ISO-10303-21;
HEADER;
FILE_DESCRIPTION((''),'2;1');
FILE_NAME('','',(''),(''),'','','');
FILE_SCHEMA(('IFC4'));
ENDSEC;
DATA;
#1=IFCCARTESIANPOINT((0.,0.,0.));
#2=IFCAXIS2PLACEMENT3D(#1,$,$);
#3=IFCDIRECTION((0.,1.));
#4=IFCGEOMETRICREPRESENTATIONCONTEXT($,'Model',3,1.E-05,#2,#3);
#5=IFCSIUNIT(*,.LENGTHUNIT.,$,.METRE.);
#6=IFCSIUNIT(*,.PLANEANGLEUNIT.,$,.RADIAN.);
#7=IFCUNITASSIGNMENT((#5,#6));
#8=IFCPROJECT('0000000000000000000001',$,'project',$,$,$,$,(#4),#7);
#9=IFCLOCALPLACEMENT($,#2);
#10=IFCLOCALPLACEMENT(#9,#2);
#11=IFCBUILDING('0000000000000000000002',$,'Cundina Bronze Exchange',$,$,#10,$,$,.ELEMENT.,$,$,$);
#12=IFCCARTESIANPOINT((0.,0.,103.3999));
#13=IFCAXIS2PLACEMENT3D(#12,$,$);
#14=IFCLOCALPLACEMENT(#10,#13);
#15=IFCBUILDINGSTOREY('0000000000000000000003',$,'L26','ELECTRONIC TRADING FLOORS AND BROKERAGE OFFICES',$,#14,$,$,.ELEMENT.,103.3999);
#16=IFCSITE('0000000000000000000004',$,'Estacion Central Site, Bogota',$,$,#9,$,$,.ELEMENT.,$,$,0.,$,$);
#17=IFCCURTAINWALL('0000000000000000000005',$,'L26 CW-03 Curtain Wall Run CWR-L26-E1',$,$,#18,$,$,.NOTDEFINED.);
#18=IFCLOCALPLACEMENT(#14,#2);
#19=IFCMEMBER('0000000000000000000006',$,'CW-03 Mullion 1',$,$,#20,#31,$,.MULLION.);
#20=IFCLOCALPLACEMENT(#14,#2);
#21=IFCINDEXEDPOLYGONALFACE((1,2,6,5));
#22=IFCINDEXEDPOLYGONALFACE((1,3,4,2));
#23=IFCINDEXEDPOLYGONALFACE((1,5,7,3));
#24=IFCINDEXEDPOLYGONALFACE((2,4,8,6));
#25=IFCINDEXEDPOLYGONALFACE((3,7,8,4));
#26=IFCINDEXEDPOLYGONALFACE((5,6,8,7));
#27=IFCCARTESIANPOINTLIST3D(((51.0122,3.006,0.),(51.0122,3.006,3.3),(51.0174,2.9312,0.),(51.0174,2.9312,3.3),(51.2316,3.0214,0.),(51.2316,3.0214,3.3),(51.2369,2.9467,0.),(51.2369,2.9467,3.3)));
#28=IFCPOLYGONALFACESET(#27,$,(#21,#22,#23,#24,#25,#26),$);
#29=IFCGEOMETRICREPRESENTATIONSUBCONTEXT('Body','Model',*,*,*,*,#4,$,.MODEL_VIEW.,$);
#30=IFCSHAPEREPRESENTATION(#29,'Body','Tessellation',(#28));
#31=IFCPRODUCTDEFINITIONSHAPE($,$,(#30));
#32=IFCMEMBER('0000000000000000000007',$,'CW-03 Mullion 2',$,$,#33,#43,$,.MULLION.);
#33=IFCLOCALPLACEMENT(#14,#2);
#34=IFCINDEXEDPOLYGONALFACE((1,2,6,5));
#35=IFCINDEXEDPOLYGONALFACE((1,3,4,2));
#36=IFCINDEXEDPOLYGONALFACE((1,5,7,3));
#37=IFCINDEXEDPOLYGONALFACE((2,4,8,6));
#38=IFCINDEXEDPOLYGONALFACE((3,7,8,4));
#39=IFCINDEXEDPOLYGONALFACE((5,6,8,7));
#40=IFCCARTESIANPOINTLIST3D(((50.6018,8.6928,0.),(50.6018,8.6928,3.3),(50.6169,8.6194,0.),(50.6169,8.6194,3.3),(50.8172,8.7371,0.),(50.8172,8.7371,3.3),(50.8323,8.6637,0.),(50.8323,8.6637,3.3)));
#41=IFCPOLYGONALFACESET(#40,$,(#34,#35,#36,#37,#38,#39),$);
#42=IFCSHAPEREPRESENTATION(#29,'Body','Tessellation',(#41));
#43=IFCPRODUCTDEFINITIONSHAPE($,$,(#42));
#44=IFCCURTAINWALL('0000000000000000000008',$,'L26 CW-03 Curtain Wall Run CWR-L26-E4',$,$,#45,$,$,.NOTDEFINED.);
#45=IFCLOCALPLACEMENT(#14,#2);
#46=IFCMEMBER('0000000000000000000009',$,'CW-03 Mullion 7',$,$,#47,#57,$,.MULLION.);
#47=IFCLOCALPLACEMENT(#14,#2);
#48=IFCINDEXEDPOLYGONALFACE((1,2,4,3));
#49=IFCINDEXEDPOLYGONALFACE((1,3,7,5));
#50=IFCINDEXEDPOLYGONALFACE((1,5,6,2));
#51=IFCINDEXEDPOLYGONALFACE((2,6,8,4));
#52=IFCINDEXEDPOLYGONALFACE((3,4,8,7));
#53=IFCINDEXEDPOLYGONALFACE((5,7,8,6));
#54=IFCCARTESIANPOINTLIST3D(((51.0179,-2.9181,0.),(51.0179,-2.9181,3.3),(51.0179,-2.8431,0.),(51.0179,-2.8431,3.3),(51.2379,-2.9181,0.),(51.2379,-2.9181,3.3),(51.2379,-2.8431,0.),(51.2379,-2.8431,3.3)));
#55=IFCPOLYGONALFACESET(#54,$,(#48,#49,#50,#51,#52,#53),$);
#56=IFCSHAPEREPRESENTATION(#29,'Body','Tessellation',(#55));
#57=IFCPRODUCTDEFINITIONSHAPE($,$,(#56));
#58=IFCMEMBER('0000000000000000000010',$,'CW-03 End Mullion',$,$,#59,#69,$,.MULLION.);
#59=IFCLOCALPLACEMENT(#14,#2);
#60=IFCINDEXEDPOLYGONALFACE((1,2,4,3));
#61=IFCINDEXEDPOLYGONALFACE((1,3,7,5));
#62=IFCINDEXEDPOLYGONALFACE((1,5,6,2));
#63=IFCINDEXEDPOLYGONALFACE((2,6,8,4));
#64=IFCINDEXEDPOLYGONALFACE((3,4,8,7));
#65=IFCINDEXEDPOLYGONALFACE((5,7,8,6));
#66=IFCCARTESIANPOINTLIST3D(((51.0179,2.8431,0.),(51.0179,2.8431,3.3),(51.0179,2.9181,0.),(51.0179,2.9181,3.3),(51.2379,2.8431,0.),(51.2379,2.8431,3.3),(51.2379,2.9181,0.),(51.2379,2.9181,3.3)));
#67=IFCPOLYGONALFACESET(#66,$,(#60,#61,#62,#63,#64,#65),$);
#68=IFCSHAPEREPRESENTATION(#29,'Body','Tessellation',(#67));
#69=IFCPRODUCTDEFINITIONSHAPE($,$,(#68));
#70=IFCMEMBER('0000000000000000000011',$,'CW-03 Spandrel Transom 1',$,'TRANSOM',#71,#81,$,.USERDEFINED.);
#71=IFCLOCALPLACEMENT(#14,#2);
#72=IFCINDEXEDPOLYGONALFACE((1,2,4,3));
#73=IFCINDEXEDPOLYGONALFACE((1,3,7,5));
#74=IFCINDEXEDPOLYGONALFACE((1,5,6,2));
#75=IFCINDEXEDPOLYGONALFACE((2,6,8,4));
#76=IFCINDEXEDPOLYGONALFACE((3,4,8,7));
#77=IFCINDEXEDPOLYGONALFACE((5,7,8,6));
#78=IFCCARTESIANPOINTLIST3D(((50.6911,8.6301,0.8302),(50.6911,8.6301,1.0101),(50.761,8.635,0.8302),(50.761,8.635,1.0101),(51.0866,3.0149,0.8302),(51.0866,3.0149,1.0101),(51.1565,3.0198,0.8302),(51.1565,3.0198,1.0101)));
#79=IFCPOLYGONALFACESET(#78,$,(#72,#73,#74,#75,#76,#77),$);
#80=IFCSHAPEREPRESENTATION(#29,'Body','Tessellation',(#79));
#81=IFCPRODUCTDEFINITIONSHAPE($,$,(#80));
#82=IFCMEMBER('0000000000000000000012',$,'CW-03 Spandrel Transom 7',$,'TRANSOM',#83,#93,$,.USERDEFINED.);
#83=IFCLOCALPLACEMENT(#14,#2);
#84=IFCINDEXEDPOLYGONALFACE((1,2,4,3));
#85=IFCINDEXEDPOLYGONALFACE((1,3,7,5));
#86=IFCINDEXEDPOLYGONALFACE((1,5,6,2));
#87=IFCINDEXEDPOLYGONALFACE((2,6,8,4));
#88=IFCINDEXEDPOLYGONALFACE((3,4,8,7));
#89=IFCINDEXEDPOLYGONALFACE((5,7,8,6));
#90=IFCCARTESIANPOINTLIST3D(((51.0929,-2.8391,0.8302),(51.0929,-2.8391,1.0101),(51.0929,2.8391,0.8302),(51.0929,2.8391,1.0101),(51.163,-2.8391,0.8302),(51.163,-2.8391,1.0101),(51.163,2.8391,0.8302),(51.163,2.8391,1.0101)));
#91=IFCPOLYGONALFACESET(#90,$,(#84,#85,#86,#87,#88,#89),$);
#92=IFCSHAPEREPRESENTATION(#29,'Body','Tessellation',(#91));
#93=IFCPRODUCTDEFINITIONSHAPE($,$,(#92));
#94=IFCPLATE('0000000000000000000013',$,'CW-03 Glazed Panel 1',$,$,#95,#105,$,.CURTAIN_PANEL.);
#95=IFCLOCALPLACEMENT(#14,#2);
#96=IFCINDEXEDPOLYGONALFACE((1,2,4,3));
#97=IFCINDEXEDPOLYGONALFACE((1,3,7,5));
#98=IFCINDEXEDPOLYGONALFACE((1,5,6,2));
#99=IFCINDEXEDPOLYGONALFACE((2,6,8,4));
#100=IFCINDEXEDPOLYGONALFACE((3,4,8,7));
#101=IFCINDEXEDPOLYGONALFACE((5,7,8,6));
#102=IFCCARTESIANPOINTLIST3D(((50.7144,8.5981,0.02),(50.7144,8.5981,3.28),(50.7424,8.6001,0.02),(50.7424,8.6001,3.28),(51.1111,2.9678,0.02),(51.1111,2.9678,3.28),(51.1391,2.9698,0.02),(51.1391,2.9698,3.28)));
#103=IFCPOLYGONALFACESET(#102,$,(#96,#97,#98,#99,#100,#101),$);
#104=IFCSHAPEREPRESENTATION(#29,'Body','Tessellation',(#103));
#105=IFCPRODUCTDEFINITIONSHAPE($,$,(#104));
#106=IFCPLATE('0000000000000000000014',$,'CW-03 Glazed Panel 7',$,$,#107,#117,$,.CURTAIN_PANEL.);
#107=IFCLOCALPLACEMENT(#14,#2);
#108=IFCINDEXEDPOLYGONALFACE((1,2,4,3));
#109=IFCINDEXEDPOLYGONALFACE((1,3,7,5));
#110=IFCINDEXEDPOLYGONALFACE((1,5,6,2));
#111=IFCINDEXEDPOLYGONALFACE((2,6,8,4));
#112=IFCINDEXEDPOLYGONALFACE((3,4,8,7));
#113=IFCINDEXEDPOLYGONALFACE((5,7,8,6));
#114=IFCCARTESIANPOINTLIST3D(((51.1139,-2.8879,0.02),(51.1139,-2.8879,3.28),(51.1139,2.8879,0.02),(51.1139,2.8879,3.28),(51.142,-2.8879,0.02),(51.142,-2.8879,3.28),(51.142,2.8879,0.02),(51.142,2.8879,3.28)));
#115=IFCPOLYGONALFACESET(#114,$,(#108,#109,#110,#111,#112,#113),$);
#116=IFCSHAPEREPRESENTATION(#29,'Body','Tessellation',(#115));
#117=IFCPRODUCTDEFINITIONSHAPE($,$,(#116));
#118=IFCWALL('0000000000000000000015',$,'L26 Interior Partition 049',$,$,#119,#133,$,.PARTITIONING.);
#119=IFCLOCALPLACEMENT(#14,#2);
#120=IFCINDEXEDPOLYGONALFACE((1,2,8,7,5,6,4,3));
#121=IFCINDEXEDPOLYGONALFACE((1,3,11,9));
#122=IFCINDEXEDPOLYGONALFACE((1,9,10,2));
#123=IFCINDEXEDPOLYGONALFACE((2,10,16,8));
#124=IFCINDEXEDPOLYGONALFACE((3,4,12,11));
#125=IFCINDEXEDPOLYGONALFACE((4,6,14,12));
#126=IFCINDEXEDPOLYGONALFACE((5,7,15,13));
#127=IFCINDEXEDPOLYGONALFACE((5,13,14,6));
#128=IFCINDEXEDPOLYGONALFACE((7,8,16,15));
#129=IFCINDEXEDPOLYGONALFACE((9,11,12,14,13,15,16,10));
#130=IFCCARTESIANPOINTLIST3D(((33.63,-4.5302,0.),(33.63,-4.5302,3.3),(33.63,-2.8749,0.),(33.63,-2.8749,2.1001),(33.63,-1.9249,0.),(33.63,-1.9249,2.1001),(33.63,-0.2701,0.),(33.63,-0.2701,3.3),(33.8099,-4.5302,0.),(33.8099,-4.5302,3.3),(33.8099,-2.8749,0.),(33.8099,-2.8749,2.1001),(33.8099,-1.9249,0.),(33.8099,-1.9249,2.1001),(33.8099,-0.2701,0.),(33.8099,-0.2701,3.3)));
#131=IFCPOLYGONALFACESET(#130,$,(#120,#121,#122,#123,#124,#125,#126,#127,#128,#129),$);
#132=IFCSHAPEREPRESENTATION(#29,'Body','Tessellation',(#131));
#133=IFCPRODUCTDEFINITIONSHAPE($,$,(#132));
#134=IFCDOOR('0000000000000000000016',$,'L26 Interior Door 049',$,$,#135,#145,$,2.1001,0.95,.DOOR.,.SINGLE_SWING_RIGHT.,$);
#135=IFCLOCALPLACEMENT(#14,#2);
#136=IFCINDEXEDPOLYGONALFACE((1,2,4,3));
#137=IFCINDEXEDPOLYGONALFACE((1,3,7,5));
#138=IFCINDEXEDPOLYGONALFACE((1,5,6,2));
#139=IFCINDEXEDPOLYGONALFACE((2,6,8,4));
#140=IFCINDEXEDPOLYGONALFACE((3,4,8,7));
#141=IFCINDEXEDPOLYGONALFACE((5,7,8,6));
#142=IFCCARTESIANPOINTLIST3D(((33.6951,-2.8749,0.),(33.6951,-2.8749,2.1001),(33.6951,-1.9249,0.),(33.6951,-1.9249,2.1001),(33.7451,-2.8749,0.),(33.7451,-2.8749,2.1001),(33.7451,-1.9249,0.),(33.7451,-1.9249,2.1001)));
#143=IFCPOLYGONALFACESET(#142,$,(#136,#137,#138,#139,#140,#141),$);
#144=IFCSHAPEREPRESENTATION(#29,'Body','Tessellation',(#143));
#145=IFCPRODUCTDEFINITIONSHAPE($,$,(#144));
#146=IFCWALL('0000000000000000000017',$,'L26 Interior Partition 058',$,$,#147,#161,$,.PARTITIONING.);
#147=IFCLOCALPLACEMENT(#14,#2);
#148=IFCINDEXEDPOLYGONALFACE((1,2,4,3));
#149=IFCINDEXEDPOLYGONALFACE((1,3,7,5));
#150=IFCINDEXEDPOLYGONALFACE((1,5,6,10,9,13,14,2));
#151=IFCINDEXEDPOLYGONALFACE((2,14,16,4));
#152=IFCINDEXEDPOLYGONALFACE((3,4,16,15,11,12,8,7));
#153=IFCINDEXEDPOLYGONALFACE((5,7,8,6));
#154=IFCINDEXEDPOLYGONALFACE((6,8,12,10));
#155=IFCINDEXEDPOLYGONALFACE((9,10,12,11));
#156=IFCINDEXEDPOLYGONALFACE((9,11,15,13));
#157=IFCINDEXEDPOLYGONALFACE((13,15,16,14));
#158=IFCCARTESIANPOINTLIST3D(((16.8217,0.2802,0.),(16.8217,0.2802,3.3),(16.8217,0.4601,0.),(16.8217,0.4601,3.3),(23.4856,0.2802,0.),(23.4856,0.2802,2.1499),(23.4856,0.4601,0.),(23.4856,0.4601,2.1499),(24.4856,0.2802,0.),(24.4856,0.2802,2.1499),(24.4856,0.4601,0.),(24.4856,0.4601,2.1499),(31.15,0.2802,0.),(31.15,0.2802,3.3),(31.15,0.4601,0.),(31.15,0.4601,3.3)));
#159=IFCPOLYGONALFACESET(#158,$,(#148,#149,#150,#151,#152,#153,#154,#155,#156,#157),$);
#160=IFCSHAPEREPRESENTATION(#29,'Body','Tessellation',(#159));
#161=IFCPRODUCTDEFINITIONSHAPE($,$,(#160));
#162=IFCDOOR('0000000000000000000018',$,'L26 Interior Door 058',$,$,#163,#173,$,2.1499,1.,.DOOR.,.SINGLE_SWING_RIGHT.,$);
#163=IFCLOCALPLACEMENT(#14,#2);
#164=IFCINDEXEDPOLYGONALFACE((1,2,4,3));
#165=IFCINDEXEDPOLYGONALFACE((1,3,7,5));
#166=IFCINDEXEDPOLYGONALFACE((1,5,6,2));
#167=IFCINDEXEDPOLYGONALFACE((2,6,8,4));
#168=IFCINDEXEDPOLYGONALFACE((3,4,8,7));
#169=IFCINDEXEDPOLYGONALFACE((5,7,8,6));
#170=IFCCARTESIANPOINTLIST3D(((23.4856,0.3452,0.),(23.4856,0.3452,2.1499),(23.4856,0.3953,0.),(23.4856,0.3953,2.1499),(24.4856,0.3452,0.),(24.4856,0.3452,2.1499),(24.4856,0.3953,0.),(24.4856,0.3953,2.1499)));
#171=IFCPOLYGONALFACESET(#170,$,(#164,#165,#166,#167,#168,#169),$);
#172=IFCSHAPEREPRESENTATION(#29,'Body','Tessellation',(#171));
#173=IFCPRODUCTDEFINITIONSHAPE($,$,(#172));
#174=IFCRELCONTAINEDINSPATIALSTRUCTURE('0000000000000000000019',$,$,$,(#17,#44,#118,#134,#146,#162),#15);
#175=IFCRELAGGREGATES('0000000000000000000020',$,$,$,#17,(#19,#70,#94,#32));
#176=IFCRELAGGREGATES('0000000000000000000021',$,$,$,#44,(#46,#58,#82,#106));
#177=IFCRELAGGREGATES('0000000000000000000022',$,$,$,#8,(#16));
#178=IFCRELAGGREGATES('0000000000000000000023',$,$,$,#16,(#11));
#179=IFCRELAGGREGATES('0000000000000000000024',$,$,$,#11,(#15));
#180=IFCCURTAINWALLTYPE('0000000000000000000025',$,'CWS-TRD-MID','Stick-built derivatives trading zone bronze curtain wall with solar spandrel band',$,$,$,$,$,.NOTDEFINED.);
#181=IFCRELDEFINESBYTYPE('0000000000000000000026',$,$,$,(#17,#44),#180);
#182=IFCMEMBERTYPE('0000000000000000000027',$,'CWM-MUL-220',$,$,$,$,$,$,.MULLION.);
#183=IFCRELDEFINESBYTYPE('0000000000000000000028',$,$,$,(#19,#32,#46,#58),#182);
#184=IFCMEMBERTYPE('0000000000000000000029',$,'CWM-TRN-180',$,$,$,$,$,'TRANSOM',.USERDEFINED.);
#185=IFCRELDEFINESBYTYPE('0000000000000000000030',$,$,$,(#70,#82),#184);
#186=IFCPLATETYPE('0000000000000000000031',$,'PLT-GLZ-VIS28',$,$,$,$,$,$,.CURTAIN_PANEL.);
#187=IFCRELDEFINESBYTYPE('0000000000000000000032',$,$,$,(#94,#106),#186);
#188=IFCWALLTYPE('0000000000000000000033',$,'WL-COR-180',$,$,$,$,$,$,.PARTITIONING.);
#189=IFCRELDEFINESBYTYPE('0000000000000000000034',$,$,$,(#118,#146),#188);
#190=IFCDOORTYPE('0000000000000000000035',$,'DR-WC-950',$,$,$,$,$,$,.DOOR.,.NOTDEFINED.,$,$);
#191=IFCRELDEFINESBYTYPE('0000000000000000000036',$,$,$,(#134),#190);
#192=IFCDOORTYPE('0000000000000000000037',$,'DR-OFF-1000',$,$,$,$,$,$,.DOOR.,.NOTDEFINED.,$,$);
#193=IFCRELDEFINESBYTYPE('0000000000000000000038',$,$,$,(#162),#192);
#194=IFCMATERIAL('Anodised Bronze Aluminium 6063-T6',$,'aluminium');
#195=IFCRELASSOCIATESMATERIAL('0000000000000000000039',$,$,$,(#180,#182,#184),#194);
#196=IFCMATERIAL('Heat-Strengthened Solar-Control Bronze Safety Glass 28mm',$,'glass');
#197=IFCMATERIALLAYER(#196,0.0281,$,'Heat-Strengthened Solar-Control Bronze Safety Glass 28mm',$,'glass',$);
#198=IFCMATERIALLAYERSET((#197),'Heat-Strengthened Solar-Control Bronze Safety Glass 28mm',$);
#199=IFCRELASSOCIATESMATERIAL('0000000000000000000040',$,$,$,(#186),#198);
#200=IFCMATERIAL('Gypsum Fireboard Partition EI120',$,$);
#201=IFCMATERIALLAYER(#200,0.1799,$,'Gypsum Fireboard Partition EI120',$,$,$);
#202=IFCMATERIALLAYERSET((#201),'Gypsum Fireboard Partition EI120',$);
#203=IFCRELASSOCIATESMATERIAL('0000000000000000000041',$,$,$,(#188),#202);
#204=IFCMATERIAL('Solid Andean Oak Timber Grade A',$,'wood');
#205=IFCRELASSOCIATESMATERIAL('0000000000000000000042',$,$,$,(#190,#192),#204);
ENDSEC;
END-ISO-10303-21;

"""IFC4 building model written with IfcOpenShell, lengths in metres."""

from ifc_helpers import new_model, si_unit, direction, frame, frame_2d, origin, origin_2d, place, context, subcontext, project, spatial, rectangle, extrude, material, layer, layer_set, material_profile, profile_set, type_object, element, fill, aggregate, save


model = new_model("IFC4")

# Units and contexts
model_context = context("Model", 3, precision=1e-05, world=origin(), true_north=direction((0.0, 1.0)))
body_context = subcontext(model_context, "Body", "Model", "MODEL_VIEW")
ifc_project = project(units=[si_unit("LENGTHUNIT", "METRE"), si_unit("PLANEANGLEUNIT", "RADIAN")], contexts=[model_context])

# Site, building, storey
site_placement = place(None, origin())
site = spatial("IfcSite", under=ifc_project, at=site_placement, Name="Estacion Central Site, Bogota", CompositionType="ELEMENT", RefElevation=0.0)
building_placement = place(site_placement, origin())
building = spatial("IfcBuilding", under=site, at=building_placement, Name="Cundina Bronze Exchange", CompositionType="ELEMENT")
storey_placement = place(building_placement, frame((0.0, 0.0, 103.3999)))
storey = spatial("IfcBuildingStorey", under=building, at=storey_placement, Name="L26", Description="ELECTRONIC TRADING FLOORS AND BROKERAGE OFFICES", CompositionType="ELEMENT", Elevation=103.3999)

# Curtain walls, members
ifc_material_1 = material(Name="Anodised Bronze Aluminium 6063-T6", Category="aluminium")
curtain_wall_type = type_object("IfcCurtainWallType", Name="CWS-TRD-MID", Description="Stick-built derivatives trading zone bronze curtain wall with solar spandrel band", PredefinedType="NOTDEFINED", material=ifc_material_1)
curtain_wall_1_placement = place(storey_placement, origin())
curtain_wall_1 = element("IfcCurtainWall", 1, at=curtain_wall_1_placement, inside=storey, type_object=curtain_wall_type, Name="L26 CW-03 Curtain Wall Run CWR-L26-E1", PredefinedType="NOTDEFINED")
ifc_material_profile_1 = material_profile(ifc_material_1, rectangle(XDim=0.075, YDim=0.22, at=origin_2d()), Name="AL75X220", Category="aluminium")
ifc_profile_set_1 = profile_set([ifc_material_profile_1], Name="Anodised Bronze Aluminium 6063-T6")
member_type_1 = type_object("IfcMemberType", Name="CWM-MUL-220", PredefinedType="MULLION", material=ifc_profile_set_1)
member_1_placement = place(storey_placement, frame((51.1245, 2.9763, 0.0), z_axis=(0.0, 0.0, 1.0), x_axis=(-0.070279, 0.997527, 0.0)))
member_1 = element("IfcMember", 2, at=member_1_placement, type_object=member_type_1, Name="CW-03 Mullion 1", PredefinedType="MULLION", context=body_context, shape_type="SweptSolid", body=[
    extrude(rectangle(XDim=0.075, YDim=0.22, at=origin_2d()), origin(), (0.0, 0.0, 1.0), 3.3),
])
member_2_placement = place(storey_placement, frame((50.717, 8.6782, 0.0), z_axis=(0.0, 0.0, 1.0), x_axis=(-0.20142, 0.979505, 0.0)))
member_2 = element("IfcMember", 3, at=member_2_placement, type_object=member_type_1, Name="CW-03 Mullion 2", PredefinedType="MULLION", context=body_context, shape_type="SweptSolid", body=[
    extrude(rectangle(XDim=0.075, YDim=0.22, at=origin_2d()), origin(), (0.0, 0.0, 1.0), 3.3),
])
curtain_wall_2_placement = place(storey_placement, origin())
curtain_wall_2 = element("IfcCurtainWall", 4, at=curtain_wall_2_placement, inside=storey, type_object=curtain_wall_type, Name="L26 CW-03 Curtain Wall Run CWR-L26-E4", PredefinedType="NOTDEFINED")
member_3_placement = place(storey_placement, frame((51.1279, -2.8806, 0.0), z_axis=(0.0, 0.0, 1.0), x_axis=(0.0, 1.0, 0.0)))
member_3 = element("IfcMember", 5, at=member_3_placement, type_object=member_type_1, Name="CW-03 Mullion 7", PredefinedType="MULLION", context=body_context, shape_type="SweptSolid", body=[
    extrude(rectangle(XDim=0.075, YDim=0.22, at=origin_2d()), origin(), (0.0, 0.0, 1.0), 3.3),
])
member_4_placement = place(storey_placement, frame((51.1279, 2.8806, 0.0), z_axis=(0.0, 0.0, 1.0), x_axis=(0.0, 1.0, 0.0)))
member_4 = element("IfcMember", 6, at=member_4_placement, type_object=member_type_1, Name="CW-03 End Mullion", PredefinedType="MULLION", context=body_context, shape_type="SweptSolid", body=[
    extrude(rectangle(XDim=0.075, YDim=0.22, at=origin_2d()), origin(), (0.0, 0.0, 1.0), 3.3),
])

# Members
ifc_material_profile_2 = material_profile(ifc_material_1, rectangle(XDim=0.0701, YDim=0.1799, at=origin_2d()), Name="AL70X180", Category="aluminium")
ifc_profile_set_2 = profile_set([ifc_material_profile_2], Name="Anodised Bronze Aluminium 6063-T6")
member_type_2 = type_object("IfcMemberType", Name="CWM-TRN-180", ElementType="TRANSOM", PredefinedType="USERDEFINED", material=ifc_profile_set_2)
member_5_placement = place(storey_placement, frame((51.1216, 3.0173, 0.9202), z_axis=(-0.070261, 0.997529, 0.0), x_axis=(-0.997529, -0.070261, 0.0)))
member_5 = element("IfcMember", 7, at=member_5_placement, type_object=member_type_2, Name="CW-03 Spandrel Transom 1", ObjectType="TRANSOM", PredefinedType="USERDEFINED", context=body_context, shape_type="SweptSolid", body=[
    extrude(rectangle(XDim=0.0701, YDim=0.1799, at=origin_2d()), origin(), (0.0, 0.0, 1.0), 5.6292),
])
member_6_placement = place(storey_placement, frame((51.1279, -2.8391, 0.9202), z_axis=(0.0, 1.0, 0.0), x_axis=(-1.0, 0.0, 0.0)))
member_6 = element("IfcMember", 8, at=member_6_placement, type_object=member_type_2, Name="CW-03 Spandrel Transom 7", ObjectType="TRANSOM", PredefinedType="USERDEFINED", context=body_context, shape_type="SweptSolid", body=[
    extrude(rectangle(XDim=0.0701, YDim=0.1799, at=origin_2d()), origin(), (0.0, 0.0, 1.0), 5.6782),
])

# Plates
ifc_material_2 = material(Name="Heat-Strengthened Solar-Control Bronze Safety Glass 28mm", Category="glass")
ifc_layer_1 = layer(ifc_material_2, 0.0281, Name="Heat-Strengthened Solar-Control Bronze Safety Glass 28mm", Category="glass")
ifc_layer_set_1 = layer_set([ifc_layer_1], Name="Heat-Strengthened Solar-Control Bronze Safety Glass 28mm")
plate_type = type_object("IfcPlateType", Name="PLT-GLZ-VIS28", PredefinedType="CURTAIN_PANEL", material=ifc_layer_set_1)
plate_1_placement = place(storey_placement, frame((50.9268, 5.7839, 0.02), z_axis=(0.0, 0.0, 1.0), x_axis=(-0.070279, 0.997527, 0.0)))
plate_1 = element("IfcPlate", 9, at=plate_1_placement, type_object=plate_type, Name="CW-03 Glazed Panel 1", PredefinedType="CURTAIN_PANEL", context=body_context, shape_type="SweptSolid", body=[
    extrude(rectangle(XDim=5.6443, YDim=0.0281, at=origin_2d()), origin(), (0.0, 0.0, 1.0), 3.26),
])
aggregate(curtain_wall_1, [member_1, member_5, plate_1, member_2])
plate_2_placement = place(storey_placement, frame((51.1279, 0.0, 0.02), z_axis=(0.0, 0.0, 1.0), x_axis=(0.0, 1.0, 0.0)))
plate_2 = element("IfcPlate", 10, at=plate_2_placement, type_object=plate_type, Name="CW-03 Glazed Panel 7", PredefinedType="CURTAIN_PANEL", context=body_context, shape_type="SweptSolid", body=[
    extrude(rectangle(XDim=5.7759, YDim=0.0281, at=origin_2d()), origin(), (0.0, 0.0, 1.0), 3.26),
])
aggregate(curtain_wall_2, [member_3, member_4, member_6, plate_2])

# Walls, openings, doors
ifc_material_3 = material(Name="Gypsum Fireboard Partition EI120")
ifc_layer_2 = layer(ifc_material_3, 0.1799, Name="Gypsum Fireboard Partition EI120")
ifc_layer_set_2 = layer_set([ifc_layer_2], Name="Gypsum Fireboard Partition EI120")
wall_type_1 = type_object("IfcWallType", Name="WL-COR-180", PredefinedType="PARTITIONING", material=ifc_layer_set_2)
wall_1_placement = place(storey_placement, frame((33.72, -4.53, 0.0), z_axis=(0.0, 0.0, 1.0), x_axis=(0.0, 1.0, 0.0)))
wall_1 = element("IfcWall", 11, at=wall_1_placement, inside=storey, type_object=wall_type_1, Name="L26 Interior Partition 049", PredefinedType="PARTITIONING", context=body_context, shape_type="SweptSolid", body=[
    extrude(rectangle(XDim=4.26, YDim=0.1799, at=frame_2d((2.1299, 0.0))), origin(), (0.0, 0.0, 1.0), 3.3),
])
opening_1_placement = place(wall_1_placement, frame((1.655, 0.0, 0.0)))
opening_1 = element("IfcOpeningElement", 12, at=opening_1_placement, cuts=wall_1, PredefinedType="OPENING", context=body_context, shape_type="SweptSolid", body=[
    extrude(rectangle(XDim=0.95, YDim=2.1001, at=frame_2d((0.4751, 1.05))), frame((0.0, 0.0999, 0.0), z_axis=(0.0, -1.0, 0.0), x_axis=(1.0, 0.0, 0.0)), (0.0, 0.0, 1.0), 0.2),
])
ifc_material_4 = material(Name="Solid Andean Oak Timber Grade A", Category="wood")
door_type_1 = type_object("IfcDoorType", Name="DR-WC-950", OperationType="NOTDEFINED", PredefinedType="DOOR", material=ifc_material_4)
door_1_placement = place(opening_1_placement, origin())
door_1 = element("IfcDoor", 13, at=door_1_placement, inside=storey, type_object=door_type_1, Name="L26 Interior Door 049", OperationType="SINGLE_SWING_RIGHT", OverallHeight=2.1001, OverallWidth=0.95, PredefinedType="DOOR", context=body_context, shape_type="SweptSolid", body=[
    extrude(rectangle(XDim=0.95, YDim=2.1001, at=frame_2d((0.4751, 1.05))), frame((0.0, 0.0249, 0.0), z_axis=(0.0, -1.0, 0.0), x_axis=(1.0, 0.0, 0.0)), (0.0, 0.0, 1.0), 0.05),
])
fill(opening_1, door_1)
wall_2_placement = place(storey_placement, frame((31.1499, 0.3701, 0.0), z_axis=(0.0, 0.0, 1.0), x_axis=(-1.0, 0.0, 0.0)))
wall_2 = element("IfcWall", 14, at=wall_2_placement, inside=storey, type_object=wall_type_1, Name="L26 Interior Partition 058", PredefinedType="PARTITIONING", context=body_context, shape_type="SweptSolid", body=[
    extrude(rectangle(XDim=14.3284, YDim=0.1799, at=frame_2d((7.1641, 0.0))), origin(), (0.0, 0.0, 1.0), 3.3),
])
opening_2_placement = place(wall_2_placement, frame((6.6643, 0.0, 0.0)))
opening_2 = element("IfcOpeningElement", 15, at=opening_2_placement, cuts=wall_2, PredefinedType="OPENING", context=body_context, shape_type="SweptSolid", body=[
    extrude(rectangle(XDim=1.0, YDim=2.1499, at=frame_2d((0.5, 1.075))), frame((0.0, 0.0999, 0.0), z_axis=(0.0, -1.0, 0.0), x_axis=(1.0, 0.0, 0.0)), (0.0, 0.0, 1.0), 0.2),
])
door_type_2 = type_object("IfcDoorType", Name="DR-OFF-1000", OperationType="NOTDEFINED", PredefinedType="DOOR", material=ifc_material_4)
door_2_placement = place(opening_2_placement, origin())
door_2 = element("IfcDoor", 16, at=door_2_placement, inside=storey, type_object=door_type_2, Name="L26 Interior Door 058", OperationType="SINGLE_SWING_RIGHT", OverallHeight=2.1499, OverallWidth=1.0, PredefinedType="DOOR", context=body_context, shape_type="SweptSolid", body=[
    extrude(rectangle(XDim=1.0, YDim=2.1499, at=frame_2d((0.5, 1.075))), frame((0.0, 0.0249, 0.0), z_axis=(0.0, -1.0, 0.0), x_axis=(1.0, 0.0, 0.0)), (0.0, 0.0, 1.0), 0.05),
])
fill(opening_2, door_2)

save(model, "model.ifc")
